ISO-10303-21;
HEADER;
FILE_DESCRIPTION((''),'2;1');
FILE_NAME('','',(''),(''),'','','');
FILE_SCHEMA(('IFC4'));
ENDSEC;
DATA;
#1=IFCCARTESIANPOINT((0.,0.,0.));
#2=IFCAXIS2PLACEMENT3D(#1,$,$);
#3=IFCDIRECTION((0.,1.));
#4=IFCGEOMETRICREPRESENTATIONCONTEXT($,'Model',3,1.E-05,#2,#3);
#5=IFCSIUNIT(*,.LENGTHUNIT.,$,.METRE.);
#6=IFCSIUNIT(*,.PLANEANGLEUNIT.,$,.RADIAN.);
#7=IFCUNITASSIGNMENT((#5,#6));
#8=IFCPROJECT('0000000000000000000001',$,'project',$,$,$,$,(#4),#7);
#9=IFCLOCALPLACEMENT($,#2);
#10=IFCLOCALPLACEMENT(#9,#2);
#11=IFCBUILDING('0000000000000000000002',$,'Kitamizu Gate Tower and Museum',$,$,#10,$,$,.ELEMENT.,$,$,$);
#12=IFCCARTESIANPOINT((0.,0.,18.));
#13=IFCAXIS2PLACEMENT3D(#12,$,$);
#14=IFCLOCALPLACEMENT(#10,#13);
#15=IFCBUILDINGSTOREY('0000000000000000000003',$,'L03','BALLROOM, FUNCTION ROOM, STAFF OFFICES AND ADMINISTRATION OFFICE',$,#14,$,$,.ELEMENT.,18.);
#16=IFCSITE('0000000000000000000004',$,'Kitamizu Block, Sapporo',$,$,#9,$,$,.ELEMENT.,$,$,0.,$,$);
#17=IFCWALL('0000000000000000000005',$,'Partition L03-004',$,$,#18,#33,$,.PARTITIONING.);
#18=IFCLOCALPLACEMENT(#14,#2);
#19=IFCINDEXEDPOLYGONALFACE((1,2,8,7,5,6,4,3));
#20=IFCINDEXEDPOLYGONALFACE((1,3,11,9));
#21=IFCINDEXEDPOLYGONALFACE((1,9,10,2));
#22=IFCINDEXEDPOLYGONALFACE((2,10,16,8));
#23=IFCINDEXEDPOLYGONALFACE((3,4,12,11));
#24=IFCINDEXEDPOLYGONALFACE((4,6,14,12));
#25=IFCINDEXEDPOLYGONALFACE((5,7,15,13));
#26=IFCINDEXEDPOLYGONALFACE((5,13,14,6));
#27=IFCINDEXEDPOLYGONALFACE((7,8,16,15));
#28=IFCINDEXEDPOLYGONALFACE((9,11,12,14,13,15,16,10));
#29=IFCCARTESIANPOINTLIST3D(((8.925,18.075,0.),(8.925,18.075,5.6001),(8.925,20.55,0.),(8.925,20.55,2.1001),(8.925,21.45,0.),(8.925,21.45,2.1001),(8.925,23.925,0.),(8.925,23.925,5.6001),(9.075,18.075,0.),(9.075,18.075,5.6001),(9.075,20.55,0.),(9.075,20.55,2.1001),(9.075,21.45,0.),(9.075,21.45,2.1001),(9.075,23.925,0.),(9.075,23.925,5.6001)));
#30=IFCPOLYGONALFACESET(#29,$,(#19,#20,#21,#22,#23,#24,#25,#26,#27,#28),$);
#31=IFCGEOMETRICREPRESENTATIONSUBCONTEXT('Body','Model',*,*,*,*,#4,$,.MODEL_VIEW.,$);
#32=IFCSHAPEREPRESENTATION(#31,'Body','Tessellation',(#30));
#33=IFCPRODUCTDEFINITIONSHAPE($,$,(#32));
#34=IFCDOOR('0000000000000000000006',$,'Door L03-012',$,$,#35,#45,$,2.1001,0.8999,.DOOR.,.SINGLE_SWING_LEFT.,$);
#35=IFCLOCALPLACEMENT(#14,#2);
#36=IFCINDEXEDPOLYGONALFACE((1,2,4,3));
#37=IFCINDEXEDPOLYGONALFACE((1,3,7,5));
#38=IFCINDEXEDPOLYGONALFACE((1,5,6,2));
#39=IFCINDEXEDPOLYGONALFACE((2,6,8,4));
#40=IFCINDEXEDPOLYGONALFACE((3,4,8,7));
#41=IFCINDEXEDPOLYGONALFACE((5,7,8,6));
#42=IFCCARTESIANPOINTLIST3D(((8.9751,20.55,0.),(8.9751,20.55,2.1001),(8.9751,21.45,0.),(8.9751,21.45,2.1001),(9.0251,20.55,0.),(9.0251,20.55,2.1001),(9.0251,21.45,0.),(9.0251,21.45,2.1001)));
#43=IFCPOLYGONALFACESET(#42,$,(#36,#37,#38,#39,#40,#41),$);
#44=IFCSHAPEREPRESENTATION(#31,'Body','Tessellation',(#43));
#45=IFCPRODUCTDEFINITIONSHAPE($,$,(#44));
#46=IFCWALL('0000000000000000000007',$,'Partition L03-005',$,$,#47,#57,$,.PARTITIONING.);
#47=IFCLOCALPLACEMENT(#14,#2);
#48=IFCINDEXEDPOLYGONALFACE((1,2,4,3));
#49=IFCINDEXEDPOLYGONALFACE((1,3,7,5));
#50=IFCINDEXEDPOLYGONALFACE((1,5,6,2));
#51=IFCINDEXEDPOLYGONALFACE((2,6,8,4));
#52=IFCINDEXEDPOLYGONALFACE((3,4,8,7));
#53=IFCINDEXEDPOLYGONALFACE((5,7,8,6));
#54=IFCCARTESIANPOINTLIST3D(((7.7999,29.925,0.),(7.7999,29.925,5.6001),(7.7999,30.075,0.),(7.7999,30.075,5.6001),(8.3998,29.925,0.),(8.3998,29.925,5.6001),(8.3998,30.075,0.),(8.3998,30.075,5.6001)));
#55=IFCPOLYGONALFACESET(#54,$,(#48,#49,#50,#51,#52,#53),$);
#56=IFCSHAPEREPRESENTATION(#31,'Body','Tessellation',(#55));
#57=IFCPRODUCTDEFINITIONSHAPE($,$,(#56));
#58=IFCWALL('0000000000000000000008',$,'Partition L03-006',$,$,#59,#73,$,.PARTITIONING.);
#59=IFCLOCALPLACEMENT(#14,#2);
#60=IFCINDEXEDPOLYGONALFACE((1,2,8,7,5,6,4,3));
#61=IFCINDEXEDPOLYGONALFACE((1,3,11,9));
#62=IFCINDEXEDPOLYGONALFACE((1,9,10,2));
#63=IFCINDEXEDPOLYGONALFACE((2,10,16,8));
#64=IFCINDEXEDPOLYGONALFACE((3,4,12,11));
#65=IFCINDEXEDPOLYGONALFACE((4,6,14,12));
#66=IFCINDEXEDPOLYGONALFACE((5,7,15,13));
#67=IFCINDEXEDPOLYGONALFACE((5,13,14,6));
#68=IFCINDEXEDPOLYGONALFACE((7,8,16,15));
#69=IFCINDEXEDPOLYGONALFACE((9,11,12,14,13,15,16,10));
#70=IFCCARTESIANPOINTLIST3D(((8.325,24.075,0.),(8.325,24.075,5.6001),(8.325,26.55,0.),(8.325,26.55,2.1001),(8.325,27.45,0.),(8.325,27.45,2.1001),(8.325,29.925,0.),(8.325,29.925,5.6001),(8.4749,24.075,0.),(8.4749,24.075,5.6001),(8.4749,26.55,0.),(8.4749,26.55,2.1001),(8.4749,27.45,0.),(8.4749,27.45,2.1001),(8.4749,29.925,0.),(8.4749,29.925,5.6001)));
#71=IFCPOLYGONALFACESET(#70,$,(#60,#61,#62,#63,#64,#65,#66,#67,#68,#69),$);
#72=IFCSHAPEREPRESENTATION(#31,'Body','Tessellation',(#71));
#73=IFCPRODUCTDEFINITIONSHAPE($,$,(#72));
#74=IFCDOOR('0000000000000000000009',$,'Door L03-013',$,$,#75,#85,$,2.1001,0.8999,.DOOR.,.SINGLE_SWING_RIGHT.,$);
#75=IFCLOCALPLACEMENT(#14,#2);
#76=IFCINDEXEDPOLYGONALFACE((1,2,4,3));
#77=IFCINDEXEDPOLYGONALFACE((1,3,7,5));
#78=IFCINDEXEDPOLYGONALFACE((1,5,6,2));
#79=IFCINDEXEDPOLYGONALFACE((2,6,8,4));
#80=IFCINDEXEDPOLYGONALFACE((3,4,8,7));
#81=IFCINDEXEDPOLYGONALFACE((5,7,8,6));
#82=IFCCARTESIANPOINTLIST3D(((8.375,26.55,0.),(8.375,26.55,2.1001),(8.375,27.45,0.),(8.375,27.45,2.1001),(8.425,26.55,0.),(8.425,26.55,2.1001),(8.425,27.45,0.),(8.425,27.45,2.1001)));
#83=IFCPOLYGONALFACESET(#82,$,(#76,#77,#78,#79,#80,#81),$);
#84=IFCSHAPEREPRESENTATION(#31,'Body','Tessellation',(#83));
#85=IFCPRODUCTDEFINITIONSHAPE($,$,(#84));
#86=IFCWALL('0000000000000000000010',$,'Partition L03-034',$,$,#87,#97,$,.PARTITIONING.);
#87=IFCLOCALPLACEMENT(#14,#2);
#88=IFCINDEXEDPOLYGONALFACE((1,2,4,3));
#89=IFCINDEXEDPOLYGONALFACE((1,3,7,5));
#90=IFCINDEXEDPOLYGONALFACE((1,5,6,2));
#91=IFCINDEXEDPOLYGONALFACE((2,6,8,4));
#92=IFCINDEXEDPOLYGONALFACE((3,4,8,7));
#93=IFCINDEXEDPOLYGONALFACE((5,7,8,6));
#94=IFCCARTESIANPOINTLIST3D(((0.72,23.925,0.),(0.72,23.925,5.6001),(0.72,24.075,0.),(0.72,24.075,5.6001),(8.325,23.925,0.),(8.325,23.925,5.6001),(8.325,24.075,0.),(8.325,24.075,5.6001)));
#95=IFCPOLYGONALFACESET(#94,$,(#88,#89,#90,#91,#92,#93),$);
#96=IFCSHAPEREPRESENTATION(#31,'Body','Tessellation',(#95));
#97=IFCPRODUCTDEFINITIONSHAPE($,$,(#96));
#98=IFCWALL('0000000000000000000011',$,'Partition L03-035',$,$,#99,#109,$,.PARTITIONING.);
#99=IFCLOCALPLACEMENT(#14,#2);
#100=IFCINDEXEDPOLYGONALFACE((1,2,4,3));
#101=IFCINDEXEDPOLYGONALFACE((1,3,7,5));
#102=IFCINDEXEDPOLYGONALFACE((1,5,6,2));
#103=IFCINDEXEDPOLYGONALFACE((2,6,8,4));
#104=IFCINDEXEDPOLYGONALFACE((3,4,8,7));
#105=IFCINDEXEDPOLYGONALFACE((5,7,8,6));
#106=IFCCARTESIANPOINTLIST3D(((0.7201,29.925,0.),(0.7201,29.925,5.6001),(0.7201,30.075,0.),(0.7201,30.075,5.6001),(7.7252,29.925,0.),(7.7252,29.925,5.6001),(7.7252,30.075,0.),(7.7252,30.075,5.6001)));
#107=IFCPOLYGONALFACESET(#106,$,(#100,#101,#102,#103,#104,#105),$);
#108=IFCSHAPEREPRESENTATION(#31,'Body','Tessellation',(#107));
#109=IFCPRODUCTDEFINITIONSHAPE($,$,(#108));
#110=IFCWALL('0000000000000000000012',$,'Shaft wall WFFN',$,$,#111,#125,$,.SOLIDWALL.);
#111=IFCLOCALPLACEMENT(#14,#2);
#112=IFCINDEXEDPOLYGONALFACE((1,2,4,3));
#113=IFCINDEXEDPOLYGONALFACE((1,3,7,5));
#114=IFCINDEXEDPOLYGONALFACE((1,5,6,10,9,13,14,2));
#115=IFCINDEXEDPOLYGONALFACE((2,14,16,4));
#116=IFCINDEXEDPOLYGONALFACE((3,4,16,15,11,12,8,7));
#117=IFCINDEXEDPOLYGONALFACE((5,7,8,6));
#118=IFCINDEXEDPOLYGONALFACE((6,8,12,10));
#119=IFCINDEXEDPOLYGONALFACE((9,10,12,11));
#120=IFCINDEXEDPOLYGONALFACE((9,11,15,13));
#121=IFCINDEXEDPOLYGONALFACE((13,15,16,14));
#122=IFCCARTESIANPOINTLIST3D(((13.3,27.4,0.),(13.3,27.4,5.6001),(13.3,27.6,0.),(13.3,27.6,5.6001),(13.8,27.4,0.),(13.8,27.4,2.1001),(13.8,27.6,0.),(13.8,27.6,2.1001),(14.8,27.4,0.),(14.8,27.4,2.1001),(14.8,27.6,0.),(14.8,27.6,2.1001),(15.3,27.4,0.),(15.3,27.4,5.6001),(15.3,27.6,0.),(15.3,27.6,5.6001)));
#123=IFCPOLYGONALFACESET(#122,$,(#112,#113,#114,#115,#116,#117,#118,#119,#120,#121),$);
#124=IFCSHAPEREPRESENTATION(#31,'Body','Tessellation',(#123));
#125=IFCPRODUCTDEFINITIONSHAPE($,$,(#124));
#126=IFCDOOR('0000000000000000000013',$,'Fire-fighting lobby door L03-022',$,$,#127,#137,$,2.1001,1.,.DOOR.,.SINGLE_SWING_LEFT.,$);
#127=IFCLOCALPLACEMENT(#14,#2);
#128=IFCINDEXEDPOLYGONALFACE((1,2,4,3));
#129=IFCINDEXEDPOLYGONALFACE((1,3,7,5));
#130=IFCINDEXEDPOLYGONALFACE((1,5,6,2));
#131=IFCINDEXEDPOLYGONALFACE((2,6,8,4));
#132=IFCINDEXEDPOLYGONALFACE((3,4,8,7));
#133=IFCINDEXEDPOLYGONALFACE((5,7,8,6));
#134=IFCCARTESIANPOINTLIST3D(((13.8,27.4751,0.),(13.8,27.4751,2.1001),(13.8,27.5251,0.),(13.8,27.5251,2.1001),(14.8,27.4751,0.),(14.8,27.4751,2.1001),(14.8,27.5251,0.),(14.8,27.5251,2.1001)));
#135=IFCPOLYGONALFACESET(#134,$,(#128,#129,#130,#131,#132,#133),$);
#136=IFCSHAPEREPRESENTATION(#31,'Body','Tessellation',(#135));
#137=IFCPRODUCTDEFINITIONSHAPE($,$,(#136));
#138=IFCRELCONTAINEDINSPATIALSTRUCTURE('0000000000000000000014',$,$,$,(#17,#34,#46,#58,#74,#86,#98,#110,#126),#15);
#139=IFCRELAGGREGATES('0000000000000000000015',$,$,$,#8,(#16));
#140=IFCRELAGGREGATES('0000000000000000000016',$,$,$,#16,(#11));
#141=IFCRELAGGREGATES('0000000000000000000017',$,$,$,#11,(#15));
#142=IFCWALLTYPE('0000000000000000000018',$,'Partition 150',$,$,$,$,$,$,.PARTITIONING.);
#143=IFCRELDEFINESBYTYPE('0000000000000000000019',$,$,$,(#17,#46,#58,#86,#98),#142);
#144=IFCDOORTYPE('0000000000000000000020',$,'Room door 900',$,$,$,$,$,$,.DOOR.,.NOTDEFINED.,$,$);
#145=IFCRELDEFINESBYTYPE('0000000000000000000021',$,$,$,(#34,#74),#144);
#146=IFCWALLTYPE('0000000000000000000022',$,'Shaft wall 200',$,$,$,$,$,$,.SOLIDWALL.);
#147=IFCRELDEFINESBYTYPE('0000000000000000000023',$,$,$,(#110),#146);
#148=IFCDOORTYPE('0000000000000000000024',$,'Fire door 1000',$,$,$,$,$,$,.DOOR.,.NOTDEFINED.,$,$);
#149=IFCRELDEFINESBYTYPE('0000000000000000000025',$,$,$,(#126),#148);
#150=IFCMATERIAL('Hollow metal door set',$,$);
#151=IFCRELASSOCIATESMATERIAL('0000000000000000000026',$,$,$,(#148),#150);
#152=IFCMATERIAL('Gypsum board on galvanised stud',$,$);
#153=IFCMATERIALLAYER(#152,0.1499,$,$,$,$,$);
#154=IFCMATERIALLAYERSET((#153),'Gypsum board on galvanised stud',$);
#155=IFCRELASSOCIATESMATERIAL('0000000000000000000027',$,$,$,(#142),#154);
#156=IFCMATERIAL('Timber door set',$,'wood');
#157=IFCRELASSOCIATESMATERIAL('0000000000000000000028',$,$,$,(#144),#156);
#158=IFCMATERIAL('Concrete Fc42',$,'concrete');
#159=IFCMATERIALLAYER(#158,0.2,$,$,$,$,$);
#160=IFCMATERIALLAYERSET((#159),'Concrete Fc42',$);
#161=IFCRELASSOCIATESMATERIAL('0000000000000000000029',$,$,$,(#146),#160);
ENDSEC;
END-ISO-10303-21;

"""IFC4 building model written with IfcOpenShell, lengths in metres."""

from ifc_helpers import new_model, si_unit, direction, frame, frame_2d, origin, place, context, subcontext, project, spatial, rectangle, extrude, material, layer, layer_set, type_object, element, fill, save


model = new_model("IFC4")

# Units and contexts
model_context = context("Model", 3, precision=1e-05, world=origin(), true_north=direction((0.0, 1.0)))
body_context = subcontext(model_context, "Body", "Model", "MODEL_VIEW")
ifc_project = project(units=[si_unit("LENGTHUNIT", "METRE"), si_unit("PLANEANGLEUNIT", "RADIAN")], contexts=[model_context])

# Site, building, storey
site_placement = place(None, origin())
site = spatial("IfcSite", under=ifc_project, at=site_placement, Name="Kitamizu Block, Sapporo", CompositionType="ELEMENT", RefElevation=0.0)
building_placement = place(site_placement, origin())
building = spatial("IfcBuilding", under=site, at=building_placement, Name="Kitamizu Gate Tower and Museum", CompositionType="ELEMENT")
storey_placement = place(building_placement, frame((0.0, 0.0, 18.0)))
storey = spatial("IfcBuildingStorey", under=building, at=storey_placement, Name="L03", Description="BALLROOM, FUNCTION ROOM, STAFF OFFICES AND ADMINISTRATION OFFICE", CompositionType="ELEMENT", Elevation=18.0)

# Shared definitions
ifc_material_1 = material(Name="Hollow metal door set")
door_type_1 = type_object("IfcDoorType", Name="Fire door 1000", OperationType="NOTDEFINED", PredefinedType="DOOR", material=ifc_material_1)

# Shared definitions
ifc_material_2 = material(Name="Gypsum board on galvanised stud")
ifc_layer_1 = layer(ifc_material_2, 0.1499)
ifc_layer_set_1 = layer_set([ifc_layer_1], Name="Gypsum board on galvanised stud")
wall_type_1 = type_object("IfcWallType", Name="Partition 150", PredefinedType="PARTITIONING", material=ifc_layer_set_1)

# Wall, opening, door
wall_1_placement = place(storey_placement, frame((9.0, 23.925, 0.0), z_axis=(0.0, 0.0, 1.0), x_axis=(0.0, -1.0, 0.0)))
wall_1 = element("IfcWall", 1, at=wall_1_placement, inside=storey, type_object=wall_type_1, Name="Partition L03-004", PredefinedType="PARTITIONING", context=body_context, shape_type="SweptSolid", body=[
    extrude(rectangle(XDim=5.8501, YDim=0.1499, at=frame_2d((2.925, 0.0))), origin(), (0.0, 0.0, 1.0), 5.6001),
])
opening_1_placement = place(wall_1_placement, frame((2.4751, 0.0, 0.0)))
opening_1 = element("IfcOpeningElement", 2, at=opening_1_placement, cuts=wall_1, PredefinedType="OPENING", context=body_context, shape_type="SweptSolid", body=[
    extrude(rectangle(XDim=0.8999, YDim=2.1001, at=frame_2d((0.45, 1.05))), frame((0.0, 0.085, 0.0), z_axis=(0.0, -1.0, 0.0), x_axis=(1.0, 0.0, 0.0)), (0.0, 0.0, 1.0), 0.1699),
])
ifc_material_3 = material(Name="Timber door set", Category="wood")
door_type_2 = type_object("IfcDoorType", Name="Room door 900", OperationType="NOTDEFINED", PredefinedType="DOOR", material=ifc_material_3)
door_1_placement = place(opening_1_placement, frame((0.8999, 0.0, 0.0), x_axis=(-1.0, 0.0, 0.0)))
door_1 = element("IfcDoor", 3, at=door_1_placement, inside=storey, type_object=door_type_2, Name="Door L03-012", OperationType="SINGLE_SWING_LEFT", OverallHeight=2.1001, OverallWidth=0.8999, PredefinedType="DOOR", context=body_context, shape_type="SweptSolid", body=[
    extrude(rectangle(XDim=0.8999, YDim=2.1001, at=frame_2d((0.45, 1.05))), frame((0.0, 0.0249, 0.0), z_axis=(0.0, -1.0, 0.0), x_axis=(1.0, 0.0, 0.0)), (0.0, 0.0, 1.0), 0.05),
])
fill(opening_1, door_1)

# Wall
wall_2_placement = place(storey_placement, frame((7.8, 30.0, 0.0), z_axis=(0.0, 0.0, 1.0), x_axis=(1.0, 0.0, 0.0)))
element("IfcWall", 4, at=wall_2_placement, inside=storey, type_object=wall_type_1, Name="Partition L03-005", PredefinedType="PARTITIONING", context=body_context, shape_type="SweptSolid", body=[
    extrude(rectangle(XDim=0.5999, YDim=0.1499, at=frame_2d((0.2998, 0.0))), origin(), (0.0, 0.0, 1.0), 5.6001),
])

# Wall, opening, door
wall_3_placement = place(storey_placement, frame((8.3999, 29.925, 0.0), z_axis=(0.0, 0.0, 1.0), x_axis=(0.0, -1.0, 0.0)))
wall_3 = element("IfcWall", 5, at=wall_3_placement, inside=storey, type_object=wall_type_1, Name="Partition L03-006", PredefinedType="PARTITIONING", context=body_context, shape_type="SweptSolid", body=[
    extrude(rectangle(XDim=5.8501, YDim=0.1499, at=frame_2d((2.925, 0.0))), origin(), (0.0, 0.0, 1.0), 5.6001),
])
opening_2_placement = place(wall_3_placement, frame((2.4751, 0.0, 0.0)))
opening_2 = element("IfcOpeningElement", 6, at=opening_2_placement, cuts=wall_3, PredefinedType="OPENING", context=body_context, shape_type="SweptSolid", body=[
    extrude(rectangle(XDim=0.8999, YDim=2.1001, at=frame_2d((0.45, 1.05))), frame((0.0, 0.085, 0.0), z_axis=(0.0, -1.0, 0.0), x_axis=(1.0, 0.0, 0.0)), (0.0, 0.0, 1.0), 0.1699),
])
door_2_placement = place(opening_2_placement, frame((0.8999, 0.0, 0.0), x_axis=(-1.0, 0.0, 0.0)))
door_2 = element("IfcDoor", 7, at=door_2_placement, inside=storey, type_object=door_type_2, Name="Door L03-013", OperationType="SINGLE_SWING_RIGHT", OverallHeight=2.1001, OverallWidth=0.8999, PredefinedType="DOOR", context=body_context, shape_type="SweptSolid", body=[
    extrude(rectangle(XDim=0.8999, YDim=2.1001, at=frame_2d((0.45, 1.05))), frame((0.0, 0.0249, 0.0), z_axis=(0.0, -1.0, 0.0), x_axis=(1.0, 0.0, 0.0)), (0.0, 0.0, 1.0), 0.05),
])
fill(opening_2, door_2)

# Walls
wall_4_placement = place(storey_placement, frame((8.325, 24.0, 0.0), z_axis=(0.0, 0.0, 1.0), x_axis=(-1.0, 0.0, 0.0)))
element("IfcWall", 8, at=wall_4_placement, inside=storey, type_object=wall_type_1, Name="Partition L03-034", PredefinedType="PARTITIONING", context=body_context, shape_type="SweptSolid", body=[
    extrude(rectangle(XDim=7.605, YDim=0.1499, at=frame_2d((3.8025, 0.0))), origin(), (0.0, 0.0, 1.0), 5.6001),
])
wall_5_placement = place(storey_placement, frame((7.7251, 30.0, 0.0), z_axis=(0.0, 0.0, 1.0), x_axis=(-1.0, 0.0, 0.0)))
element("IfcWall", 9, at=wall_5_placement, inside=storey, type_object=wall_type_1, Name="Partition L03-035", PredefinedType="PARTITIONING", context=body_context, shape_type="SweptSolid", body=[
    extrude(rectangle(XDim=7.0051, YDim=0.1499, at=frame_2d((3.5024, 0.0))), origin(), (0.0, 0.0, 1.0), 5.6001),
])

# Wall, opening, door
ifc_material_4 = material(Name="Concrete Fc42", Category="concrete")
ifc_layer_2 = layer(ifc_material_4, 0.2)
ifc_layer_set_2 = layer_set([ifc_layer_2], Name="Concrete Fc42")
wall_type_2 = type_object("IfcWallType", Name="Shaft wall 200", PredefinedType="SOLIDWALL", material=ifc_layer_set_2)
wall_6_placement = place(storey_placement, frame((13.3, 27.5, 0.0), z_axis=(0.0, 0.0, 1.0), x_axis=(1.0, 0.0, 0.0)))
wall_6 = element("IfcWall", 10, at=wall_6_placement, inside=storey, type_object=wall_type_2, Name="Shaft wall WFFN", PredefinedType="SOLIDWALL", context=body_context, shape_type="SweptSolid", body=[
    extrude(rectangle(XDim=2.0, YDim=0.2, at=frame_2d((1.0, 0.0))), origin(), (0.0, 0.0, 1.0), 5.6001),
])
opening_3_placement = place(wall_6_placement, frame((0.5, 0.0, 0.0)))
opening_3 = element("IfcOpeningElement", 11, at=opening_3_placement, cuts=wall_6, PredefinedType="OPENING", context=body_context, shape_type="SweptSolid", body=[
    extrude(rectangle(XDim=1.0, YDim=2.1001, at=frame_2d((0.5, 1.05))), frame((0.0, 0.1099, 0.0), z_axis=(0.0, -1.0, 0.0), x_axis=(1.0, 0.0, 0.0)), (0.0, 0.0, 1.0), 0.22),
])
door_3_placement = place(opening_3_placement, frame((1.0, 0.0, 0.0), x_axis=(-1.0, 0.0, 0.0)))
door_3 = element("IfcDoor", 12, at=door_3_placement, inside=storey, type_object=door_type_1, Name="Fire-fighting lobby door L03-022", OperationType="SINGLE_SWING_LEFT", OverallHeight=2.1001, OverallWidth=1.0, PredefinedType="DOOR", context=body_context, shape_type="SweptSolid", body=[
    extrude(rectangle(XDim=1.0, YDim=2.1001, at=frame_2d((0.5, 1.05))), frame((0.0, 0.0249, 0.0), z_axis=(0.0, -1.0, 0.0), x_axis=(1.0, 0.0, 0.0)), (0.0, 0.0, 1.0), 0.05),
])
fill(opening_3, door_3)

save(model, "model.ifc")
